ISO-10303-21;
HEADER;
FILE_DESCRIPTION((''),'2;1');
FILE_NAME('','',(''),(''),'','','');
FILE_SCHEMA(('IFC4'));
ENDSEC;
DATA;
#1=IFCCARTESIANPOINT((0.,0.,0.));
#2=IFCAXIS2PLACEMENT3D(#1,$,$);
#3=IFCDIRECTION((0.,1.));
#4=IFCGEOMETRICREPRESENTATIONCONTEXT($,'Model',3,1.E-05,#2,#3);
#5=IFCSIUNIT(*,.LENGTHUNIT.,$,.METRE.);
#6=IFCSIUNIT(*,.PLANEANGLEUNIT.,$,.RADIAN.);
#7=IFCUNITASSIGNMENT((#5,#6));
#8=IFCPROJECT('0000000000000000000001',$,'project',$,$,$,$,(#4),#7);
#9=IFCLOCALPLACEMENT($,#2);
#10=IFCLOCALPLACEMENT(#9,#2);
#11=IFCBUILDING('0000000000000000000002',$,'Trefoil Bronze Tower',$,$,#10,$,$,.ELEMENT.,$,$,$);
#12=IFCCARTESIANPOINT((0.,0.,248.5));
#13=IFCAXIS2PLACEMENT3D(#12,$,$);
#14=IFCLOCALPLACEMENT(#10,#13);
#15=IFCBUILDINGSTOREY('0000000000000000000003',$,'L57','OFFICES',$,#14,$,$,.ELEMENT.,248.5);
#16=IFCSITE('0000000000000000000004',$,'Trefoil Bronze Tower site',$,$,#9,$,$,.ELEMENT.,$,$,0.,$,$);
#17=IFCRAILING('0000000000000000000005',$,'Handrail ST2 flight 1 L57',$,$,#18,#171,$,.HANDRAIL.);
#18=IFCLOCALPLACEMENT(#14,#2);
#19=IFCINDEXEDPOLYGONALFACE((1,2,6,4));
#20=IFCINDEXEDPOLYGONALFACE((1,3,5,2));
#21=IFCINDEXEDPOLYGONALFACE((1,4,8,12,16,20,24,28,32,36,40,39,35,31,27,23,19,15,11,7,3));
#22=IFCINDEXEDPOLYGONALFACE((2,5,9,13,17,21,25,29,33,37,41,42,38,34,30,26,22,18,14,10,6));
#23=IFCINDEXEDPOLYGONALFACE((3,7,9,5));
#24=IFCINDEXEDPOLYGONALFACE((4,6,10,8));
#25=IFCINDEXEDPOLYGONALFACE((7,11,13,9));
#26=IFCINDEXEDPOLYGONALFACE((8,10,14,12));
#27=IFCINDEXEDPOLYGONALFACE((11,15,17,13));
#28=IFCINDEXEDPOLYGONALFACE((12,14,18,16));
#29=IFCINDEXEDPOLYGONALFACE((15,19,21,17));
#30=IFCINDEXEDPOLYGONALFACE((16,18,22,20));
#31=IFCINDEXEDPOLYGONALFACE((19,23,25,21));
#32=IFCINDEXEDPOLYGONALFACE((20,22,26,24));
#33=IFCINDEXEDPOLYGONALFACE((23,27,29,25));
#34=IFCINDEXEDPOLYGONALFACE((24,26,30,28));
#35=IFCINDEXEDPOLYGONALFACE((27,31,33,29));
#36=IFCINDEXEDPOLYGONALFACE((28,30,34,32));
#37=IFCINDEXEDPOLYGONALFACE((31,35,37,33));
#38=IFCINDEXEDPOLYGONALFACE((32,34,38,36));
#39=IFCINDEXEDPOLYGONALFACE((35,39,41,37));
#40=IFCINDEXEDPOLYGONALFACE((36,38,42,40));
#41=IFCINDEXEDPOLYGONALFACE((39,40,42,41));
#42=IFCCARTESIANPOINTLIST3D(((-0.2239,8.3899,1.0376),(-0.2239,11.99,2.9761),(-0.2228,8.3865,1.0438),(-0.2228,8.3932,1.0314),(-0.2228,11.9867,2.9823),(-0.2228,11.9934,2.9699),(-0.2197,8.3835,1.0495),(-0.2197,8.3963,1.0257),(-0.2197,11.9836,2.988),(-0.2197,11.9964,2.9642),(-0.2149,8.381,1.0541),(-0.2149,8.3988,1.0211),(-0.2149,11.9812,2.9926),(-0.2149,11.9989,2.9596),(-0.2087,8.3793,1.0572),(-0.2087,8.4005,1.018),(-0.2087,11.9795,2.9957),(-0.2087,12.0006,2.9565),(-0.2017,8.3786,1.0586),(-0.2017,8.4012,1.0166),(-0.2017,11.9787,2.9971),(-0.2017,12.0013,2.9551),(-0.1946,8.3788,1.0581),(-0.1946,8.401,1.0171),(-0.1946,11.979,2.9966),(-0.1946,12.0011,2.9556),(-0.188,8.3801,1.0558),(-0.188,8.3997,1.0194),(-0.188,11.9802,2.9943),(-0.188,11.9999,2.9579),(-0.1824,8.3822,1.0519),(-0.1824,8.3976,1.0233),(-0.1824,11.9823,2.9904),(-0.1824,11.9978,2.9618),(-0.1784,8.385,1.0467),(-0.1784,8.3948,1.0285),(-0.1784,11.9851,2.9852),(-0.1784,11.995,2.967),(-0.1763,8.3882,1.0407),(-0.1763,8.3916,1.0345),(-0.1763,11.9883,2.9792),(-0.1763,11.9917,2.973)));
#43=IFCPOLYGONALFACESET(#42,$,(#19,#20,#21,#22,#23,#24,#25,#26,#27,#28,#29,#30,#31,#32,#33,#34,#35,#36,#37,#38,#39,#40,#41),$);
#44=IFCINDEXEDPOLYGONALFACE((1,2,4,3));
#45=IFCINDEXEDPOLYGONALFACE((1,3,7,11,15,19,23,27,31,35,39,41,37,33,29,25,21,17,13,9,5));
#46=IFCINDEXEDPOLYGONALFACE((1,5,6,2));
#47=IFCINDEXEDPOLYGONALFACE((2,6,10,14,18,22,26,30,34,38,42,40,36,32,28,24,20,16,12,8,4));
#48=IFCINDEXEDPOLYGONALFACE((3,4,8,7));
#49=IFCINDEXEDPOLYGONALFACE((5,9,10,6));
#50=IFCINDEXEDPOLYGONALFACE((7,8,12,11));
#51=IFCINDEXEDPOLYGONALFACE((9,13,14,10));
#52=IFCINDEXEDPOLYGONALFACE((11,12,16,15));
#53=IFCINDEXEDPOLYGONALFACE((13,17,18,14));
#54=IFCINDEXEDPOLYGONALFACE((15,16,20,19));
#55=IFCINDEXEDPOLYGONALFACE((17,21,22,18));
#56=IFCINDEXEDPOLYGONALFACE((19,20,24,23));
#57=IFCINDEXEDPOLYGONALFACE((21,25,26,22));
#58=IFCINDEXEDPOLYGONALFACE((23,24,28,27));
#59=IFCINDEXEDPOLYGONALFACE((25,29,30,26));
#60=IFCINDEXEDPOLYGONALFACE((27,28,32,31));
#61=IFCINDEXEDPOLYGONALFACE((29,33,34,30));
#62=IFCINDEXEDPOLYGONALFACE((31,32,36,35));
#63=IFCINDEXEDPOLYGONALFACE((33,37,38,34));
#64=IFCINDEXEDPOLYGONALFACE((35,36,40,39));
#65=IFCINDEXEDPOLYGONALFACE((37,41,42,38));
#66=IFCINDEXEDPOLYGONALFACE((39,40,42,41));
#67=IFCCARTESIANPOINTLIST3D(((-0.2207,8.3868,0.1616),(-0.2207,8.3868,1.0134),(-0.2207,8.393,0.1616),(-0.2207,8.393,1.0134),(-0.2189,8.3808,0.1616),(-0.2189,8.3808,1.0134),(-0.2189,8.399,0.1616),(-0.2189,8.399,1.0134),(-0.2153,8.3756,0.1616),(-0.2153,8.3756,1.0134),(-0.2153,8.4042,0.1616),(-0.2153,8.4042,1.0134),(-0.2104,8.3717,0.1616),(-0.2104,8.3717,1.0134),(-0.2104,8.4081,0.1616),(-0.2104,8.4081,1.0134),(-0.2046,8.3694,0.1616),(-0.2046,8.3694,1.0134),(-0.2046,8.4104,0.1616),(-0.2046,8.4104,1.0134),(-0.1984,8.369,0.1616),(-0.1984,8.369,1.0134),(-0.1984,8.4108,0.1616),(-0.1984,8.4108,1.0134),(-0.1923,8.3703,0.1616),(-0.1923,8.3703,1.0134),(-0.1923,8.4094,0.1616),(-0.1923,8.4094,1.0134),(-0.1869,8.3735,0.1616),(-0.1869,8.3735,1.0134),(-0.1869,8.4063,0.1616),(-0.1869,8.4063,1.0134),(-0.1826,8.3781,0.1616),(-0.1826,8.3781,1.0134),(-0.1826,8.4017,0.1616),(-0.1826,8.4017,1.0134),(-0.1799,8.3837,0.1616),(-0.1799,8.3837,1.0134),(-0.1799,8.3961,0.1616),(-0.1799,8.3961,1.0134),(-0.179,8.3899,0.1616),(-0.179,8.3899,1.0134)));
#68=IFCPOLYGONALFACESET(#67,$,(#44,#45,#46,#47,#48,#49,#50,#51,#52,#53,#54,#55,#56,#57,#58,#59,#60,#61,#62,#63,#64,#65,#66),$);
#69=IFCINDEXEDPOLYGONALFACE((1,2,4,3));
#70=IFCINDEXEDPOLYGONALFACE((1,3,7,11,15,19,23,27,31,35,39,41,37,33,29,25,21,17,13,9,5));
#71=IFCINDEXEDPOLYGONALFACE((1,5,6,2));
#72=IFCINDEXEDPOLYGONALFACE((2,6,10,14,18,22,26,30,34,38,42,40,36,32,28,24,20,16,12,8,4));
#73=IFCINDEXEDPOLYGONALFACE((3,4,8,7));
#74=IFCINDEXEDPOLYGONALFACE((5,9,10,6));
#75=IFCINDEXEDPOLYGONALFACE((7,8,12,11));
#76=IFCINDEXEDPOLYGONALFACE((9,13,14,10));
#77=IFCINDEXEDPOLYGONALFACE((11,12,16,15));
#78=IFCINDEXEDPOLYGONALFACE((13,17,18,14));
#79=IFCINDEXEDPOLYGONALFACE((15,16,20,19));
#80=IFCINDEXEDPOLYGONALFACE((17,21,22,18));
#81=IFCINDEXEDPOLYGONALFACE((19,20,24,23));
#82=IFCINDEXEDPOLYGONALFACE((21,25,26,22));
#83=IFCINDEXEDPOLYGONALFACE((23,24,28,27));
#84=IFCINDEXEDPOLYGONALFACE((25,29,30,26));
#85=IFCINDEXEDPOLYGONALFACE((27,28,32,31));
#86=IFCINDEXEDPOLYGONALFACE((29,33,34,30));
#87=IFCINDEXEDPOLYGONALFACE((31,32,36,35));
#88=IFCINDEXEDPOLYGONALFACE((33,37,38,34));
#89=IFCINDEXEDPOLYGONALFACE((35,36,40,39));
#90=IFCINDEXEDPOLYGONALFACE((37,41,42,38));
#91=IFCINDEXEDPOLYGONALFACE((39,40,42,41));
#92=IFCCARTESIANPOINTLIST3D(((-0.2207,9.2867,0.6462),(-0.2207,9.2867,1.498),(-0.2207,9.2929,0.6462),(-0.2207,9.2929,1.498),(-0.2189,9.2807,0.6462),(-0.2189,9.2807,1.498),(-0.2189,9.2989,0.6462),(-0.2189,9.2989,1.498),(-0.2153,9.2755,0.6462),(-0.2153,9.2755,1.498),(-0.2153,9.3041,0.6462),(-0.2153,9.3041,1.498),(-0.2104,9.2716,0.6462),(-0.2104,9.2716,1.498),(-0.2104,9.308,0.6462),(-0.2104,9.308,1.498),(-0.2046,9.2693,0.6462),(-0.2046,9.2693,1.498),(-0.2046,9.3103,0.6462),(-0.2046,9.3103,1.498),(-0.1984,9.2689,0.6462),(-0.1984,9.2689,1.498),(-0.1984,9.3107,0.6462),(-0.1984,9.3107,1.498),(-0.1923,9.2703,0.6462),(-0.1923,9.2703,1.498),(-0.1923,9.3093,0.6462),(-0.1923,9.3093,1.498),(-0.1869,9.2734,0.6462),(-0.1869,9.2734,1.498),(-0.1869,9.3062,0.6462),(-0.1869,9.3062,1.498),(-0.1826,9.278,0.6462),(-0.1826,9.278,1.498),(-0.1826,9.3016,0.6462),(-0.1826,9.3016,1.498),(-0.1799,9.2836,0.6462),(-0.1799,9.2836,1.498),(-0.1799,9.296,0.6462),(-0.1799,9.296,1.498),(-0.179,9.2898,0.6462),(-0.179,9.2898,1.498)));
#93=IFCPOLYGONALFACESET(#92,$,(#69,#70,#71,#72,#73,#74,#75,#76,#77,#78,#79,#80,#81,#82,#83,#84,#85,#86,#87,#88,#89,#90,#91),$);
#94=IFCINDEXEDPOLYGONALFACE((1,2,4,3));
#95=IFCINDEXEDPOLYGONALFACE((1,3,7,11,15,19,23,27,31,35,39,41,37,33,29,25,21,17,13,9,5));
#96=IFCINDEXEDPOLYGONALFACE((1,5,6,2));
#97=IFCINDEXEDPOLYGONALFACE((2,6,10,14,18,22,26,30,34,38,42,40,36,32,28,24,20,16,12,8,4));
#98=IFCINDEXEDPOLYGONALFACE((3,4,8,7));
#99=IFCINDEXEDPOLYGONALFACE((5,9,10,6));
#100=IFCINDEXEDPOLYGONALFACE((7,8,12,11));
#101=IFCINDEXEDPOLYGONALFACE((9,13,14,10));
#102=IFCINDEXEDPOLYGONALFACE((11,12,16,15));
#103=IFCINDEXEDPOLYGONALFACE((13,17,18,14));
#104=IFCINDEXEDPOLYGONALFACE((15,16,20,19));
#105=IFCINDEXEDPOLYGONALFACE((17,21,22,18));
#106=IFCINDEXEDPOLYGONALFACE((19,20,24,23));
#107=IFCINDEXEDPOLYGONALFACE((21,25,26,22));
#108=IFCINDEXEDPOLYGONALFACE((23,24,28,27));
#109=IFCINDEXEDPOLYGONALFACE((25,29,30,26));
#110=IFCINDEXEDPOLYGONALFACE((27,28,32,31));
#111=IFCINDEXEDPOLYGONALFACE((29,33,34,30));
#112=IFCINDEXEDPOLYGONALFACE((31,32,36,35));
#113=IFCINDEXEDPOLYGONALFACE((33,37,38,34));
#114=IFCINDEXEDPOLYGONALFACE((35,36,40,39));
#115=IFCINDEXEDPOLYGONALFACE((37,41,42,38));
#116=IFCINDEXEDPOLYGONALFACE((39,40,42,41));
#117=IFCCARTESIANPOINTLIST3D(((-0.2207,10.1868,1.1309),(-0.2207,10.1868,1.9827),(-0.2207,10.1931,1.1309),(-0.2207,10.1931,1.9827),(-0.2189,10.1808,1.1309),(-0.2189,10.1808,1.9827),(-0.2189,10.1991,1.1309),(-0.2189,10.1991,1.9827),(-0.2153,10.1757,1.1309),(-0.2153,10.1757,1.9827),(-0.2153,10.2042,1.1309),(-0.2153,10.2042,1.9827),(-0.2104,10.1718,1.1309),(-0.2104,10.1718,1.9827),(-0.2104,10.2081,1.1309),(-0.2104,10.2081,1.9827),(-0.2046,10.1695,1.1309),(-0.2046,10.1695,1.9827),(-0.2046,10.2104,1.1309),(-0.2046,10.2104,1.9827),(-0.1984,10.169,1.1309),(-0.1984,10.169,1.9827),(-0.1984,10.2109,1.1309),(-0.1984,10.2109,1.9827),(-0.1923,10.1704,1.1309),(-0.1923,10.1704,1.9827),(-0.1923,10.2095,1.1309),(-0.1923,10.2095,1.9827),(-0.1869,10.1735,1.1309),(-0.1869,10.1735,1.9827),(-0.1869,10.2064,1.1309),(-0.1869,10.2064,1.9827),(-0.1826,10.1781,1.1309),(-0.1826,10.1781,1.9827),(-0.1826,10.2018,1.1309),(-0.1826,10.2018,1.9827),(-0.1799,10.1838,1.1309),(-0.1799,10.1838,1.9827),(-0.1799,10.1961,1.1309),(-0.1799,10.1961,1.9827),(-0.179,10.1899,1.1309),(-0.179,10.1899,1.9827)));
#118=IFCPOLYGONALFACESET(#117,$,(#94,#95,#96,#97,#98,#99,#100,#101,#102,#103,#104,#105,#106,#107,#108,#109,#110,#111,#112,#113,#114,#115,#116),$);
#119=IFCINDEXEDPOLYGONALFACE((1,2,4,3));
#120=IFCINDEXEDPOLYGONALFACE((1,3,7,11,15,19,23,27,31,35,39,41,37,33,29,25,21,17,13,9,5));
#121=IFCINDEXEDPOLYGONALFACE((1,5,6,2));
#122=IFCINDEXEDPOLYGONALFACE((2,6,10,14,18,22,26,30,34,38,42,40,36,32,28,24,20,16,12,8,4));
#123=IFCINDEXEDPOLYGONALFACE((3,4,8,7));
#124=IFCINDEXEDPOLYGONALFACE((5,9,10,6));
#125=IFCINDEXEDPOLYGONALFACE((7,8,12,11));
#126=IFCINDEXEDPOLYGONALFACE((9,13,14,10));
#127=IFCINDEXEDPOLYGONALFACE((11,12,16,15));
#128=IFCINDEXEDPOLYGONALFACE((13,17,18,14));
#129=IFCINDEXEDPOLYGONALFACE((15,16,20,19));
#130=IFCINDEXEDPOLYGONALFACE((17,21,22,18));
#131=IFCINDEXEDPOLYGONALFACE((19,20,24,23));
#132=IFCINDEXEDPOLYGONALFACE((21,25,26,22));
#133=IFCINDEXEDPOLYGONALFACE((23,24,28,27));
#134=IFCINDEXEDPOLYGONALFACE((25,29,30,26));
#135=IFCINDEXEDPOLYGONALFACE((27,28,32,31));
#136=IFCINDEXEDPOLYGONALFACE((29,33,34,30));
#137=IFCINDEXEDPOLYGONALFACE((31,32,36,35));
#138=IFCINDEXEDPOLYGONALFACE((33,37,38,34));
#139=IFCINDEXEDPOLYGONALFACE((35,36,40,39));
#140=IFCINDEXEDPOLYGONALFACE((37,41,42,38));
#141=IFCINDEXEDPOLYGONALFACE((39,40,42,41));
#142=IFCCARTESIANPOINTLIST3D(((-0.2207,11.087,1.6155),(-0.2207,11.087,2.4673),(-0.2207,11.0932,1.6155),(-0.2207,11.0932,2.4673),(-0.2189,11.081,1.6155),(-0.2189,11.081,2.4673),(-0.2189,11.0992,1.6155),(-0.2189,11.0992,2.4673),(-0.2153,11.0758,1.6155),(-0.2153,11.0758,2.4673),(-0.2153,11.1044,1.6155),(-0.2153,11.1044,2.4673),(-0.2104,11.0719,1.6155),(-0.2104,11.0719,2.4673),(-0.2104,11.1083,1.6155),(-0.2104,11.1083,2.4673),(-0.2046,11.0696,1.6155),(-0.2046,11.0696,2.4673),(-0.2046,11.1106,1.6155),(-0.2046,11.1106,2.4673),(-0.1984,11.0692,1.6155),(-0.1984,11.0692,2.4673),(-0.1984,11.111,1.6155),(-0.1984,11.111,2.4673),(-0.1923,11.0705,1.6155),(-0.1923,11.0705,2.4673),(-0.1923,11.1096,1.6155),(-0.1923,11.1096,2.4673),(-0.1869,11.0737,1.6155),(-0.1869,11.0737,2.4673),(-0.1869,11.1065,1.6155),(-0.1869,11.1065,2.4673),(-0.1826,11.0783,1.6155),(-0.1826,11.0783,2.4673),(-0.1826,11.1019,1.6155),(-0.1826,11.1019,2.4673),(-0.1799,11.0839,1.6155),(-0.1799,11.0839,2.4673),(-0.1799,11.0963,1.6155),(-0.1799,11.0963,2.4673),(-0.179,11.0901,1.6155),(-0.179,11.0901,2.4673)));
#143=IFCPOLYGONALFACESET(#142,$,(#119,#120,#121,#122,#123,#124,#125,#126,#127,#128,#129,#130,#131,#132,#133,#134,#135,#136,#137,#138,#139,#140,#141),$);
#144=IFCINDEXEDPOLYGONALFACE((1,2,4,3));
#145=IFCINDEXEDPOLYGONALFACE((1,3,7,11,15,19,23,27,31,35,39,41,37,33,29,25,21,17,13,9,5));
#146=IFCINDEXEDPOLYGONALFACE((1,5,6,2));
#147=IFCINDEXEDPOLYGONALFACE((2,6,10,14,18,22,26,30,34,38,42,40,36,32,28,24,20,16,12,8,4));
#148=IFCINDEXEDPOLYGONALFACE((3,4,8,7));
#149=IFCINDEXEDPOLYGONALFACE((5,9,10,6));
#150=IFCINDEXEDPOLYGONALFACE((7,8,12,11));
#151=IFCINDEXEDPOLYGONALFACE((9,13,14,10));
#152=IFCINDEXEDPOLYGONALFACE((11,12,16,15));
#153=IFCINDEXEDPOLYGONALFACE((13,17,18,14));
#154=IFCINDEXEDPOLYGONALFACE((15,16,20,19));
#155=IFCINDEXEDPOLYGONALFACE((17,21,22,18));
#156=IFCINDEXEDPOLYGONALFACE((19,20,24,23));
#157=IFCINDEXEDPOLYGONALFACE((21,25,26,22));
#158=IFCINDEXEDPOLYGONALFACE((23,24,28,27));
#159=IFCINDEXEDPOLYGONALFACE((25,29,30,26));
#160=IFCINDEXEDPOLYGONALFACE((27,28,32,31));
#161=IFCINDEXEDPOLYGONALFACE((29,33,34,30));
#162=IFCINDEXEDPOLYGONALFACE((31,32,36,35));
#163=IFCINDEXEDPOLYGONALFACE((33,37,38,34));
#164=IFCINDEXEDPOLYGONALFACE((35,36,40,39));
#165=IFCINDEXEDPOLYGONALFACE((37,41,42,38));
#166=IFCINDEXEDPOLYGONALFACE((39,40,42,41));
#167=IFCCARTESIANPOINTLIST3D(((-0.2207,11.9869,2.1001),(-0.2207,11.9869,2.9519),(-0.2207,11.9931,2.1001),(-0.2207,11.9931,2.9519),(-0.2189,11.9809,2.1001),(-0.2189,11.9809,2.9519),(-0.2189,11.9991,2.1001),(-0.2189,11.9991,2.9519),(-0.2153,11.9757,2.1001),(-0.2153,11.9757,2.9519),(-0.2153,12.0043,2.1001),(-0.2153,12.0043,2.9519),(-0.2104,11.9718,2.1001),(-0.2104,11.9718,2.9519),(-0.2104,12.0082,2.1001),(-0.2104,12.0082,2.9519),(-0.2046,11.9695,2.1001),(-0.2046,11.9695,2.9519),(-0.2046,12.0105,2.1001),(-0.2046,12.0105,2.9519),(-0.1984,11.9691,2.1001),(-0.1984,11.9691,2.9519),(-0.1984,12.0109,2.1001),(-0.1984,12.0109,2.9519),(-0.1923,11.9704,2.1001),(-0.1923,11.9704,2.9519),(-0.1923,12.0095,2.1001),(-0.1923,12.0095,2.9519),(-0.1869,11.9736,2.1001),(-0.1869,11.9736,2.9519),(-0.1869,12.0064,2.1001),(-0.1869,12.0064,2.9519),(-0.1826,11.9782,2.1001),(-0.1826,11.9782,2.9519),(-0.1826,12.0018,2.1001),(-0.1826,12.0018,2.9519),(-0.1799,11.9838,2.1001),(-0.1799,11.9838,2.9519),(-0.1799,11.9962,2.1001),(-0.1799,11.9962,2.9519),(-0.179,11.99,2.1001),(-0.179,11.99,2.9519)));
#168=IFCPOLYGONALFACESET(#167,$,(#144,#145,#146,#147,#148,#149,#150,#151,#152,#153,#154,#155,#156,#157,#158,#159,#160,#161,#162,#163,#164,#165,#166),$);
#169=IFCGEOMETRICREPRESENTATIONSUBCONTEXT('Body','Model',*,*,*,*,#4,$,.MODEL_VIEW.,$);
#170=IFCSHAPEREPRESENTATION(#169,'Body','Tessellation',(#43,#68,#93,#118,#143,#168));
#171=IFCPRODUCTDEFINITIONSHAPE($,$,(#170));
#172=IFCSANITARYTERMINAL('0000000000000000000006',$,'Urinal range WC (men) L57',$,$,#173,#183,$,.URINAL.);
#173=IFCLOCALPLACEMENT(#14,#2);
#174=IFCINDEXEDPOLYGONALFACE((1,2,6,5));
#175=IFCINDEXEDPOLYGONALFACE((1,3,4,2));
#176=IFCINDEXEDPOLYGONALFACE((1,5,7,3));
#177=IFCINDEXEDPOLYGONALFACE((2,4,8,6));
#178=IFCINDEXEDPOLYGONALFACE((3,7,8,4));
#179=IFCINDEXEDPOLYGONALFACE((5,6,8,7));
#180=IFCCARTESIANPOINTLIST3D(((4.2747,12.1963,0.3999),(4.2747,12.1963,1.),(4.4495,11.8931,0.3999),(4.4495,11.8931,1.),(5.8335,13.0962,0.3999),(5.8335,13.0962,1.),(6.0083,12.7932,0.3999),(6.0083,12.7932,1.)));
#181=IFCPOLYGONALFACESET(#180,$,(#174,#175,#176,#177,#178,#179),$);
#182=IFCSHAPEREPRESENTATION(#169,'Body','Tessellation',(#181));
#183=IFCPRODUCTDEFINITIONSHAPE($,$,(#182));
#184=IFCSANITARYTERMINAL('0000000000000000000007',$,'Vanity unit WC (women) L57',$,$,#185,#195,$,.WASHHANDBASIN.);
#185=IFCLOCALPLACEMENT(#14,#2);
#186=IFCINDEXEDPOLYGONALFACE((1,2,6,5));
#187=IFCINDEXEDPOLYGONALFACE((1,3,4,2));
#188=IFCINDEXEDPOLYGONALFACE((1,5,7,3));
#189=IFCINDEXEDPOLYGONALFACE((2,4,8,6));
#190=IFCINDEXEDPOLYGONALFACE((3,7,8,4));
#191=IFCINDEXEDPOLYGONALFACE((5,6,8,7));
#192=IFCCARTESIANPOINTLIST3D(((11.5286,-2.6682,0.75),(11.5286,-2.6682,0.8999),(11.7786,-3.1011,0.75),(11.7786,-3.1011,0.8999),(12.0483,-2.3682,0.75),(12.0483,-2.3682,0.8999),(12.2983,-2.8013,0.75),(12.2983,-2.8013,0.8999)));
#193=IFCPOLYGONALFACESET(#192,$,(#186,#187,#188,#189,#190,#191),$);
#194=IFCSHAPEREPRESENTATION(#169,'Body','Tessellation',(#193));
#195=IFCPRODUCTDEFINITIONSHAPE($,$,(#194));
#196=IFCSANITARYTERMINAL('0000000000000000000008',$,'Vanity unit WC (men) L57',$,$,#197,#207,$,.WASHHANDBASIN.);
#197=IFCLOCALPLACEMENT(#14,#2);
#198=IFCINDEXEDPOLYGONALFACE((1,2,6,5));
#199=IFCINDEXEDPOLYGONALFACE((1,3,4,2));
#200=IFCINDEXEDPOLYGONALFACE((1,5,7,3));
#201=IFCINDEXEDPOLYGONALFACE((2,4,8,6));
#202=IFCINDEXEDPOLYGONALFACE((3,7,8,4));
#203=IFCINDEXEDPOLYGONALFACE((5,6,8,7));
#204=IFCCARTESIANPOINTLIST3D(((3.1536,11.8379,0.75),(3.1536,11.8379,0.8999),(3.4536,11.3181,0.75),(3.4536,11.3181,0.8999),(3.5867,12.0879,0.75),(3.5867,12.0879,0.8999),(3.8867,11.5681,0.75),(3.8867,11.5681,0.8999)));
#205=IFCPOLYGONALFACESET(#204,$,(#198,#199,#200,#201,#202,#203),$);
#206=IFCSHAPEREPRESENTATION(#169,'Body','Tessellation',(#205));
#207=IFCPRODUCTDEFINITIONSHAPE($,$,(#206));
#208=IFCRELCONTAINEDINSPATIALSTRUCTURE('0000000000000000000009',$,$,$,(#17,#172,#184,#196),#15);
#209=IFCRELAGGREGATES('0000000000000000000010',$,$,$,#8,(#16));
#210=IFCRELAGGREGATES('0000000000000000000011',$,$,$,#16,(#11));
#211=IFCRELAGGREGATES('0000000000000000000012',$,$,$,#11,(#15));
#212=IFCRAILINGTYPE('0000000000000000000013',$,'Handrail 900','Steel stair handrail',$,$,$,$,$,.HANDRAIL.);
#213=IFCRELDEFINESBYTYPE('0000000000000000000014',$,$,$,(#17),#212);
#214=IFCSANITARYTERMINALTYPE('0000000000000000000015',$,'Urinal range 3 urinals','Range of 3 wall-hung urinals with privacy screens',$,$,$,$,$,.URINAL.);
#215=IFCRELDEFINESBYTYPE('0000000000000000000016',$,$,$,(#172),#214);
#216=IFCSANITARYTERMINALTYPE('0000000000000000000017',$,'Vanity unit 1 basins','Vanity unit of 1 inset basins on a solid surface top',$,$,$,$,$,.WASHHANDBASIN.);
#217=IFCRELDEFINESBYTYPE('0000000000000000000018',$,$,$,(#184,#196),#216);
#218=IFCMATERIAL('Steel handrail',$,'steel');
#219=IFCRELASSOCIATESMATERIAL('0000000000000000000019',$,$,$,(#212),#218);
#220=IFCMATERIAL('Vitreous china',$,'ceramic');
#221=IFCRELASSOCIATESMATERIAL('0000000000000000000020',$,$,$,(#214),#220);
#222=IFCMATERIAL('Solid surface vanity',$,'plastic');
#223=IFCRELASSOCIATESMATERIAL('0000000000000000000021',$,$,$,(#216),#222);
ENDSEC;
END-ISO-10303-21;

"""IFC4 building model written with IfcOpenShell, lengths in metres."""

from ifc_helpers import new_model, si_unit, direction, frame, origin, origin_2d, place, context, subcontext, project, spatial, polyline, circle, outline, extrude, material, type_object, element, save


model = new_model("IFC4")

# Units and contexts
model_context = context("Model", 3, precision=1e-05, world=origin(), true_north=direction((0.0, 1.0)))
body_context = subcontext(model_context, "Body", "Model", "MODEL_VIEW")
ifc_project = project(units=[si_unit("LENGTHUNIT", "METRE"), si_unit("PLANEANGLEUNIT", "RADIAN")], contexts=[model_context])

# Site, building, storey
site_placement = place(None, origin())
site = spatial("IfcSite", under=ifc_project, at=site_placement, Name="Trefoil Bronze Tower site", CompositionType="ELEMENT", RefElevation=0.0)
building_placement = place(site_placement, origin())
building = spatial("IfcBuilding", under=site, at=building_placement, Name="Trefoil Bronze Tower", CompositionType="ELEMENT")
storey_placement = place(building_placement, frame((0.0, 0.0, 248.5)))
storey = spatial("IfcBuildingStorey", under=building, at=storey_placement, Name="L57", Description="OFFICES", CompositionType="ELEMENT", Elevation=248.5)

# Railing
ifc_material_1 = material(Name="Steel handrail", Category="steel")
railing_type = type_object("IfcRailingType", Name="Handrail 900", Description="Steel stair handrail", PredefinedType="HANDRAIL", material=ifc_material_1)
railing_placement = place(storey_placement, frame((-0.2, 8.3899, 0.1616)))
element("IfcRailing", 1, at=railing_placement, inside=storey, type_object=railing_type, Name="Handrail ST2 flight 1 L57", PredefinedType="HANDRAIL", context=body_context, shape_type="SweptSolid", body=[
    extrude(circle(Radius=0.0239, at=origin_2d()), frame((0.0, 0.0, 0.876), z_axis=(0.0, 0.880475, 0.474093), x_axis=(-1.0, 0.0, 0.0)), (0.0, 0.0, 1.0), 4.0889),
    extrude(circle(Radius=0.021, at=origin_2d()), origin(), (0.0, 0.0, 1.0), 0.8518),
    extrude(circle(Radius=0.021, at=origin_2d()), frame((0.0, 0.8999, 0.4846)), (0.0, 0.0, 1.0), 0.8518),
    extrude(circle(Radius=0.021, at=origin_2d()), frame((0.0, 1.8, 0.9692)), (0.0, 0.0, 1.0), 0.8518),
    extrude(circle(Radius=0.021, at=origin_2d()), frame((0.0, 2.7002, 1.4539)), (0.0, 0.0, 1.0), 0.8518),
    extrude(circle(Radius=0.021, at=origin_2d()), frame((0.0, 3.6001, 1.9385)), (0.0, 0.0, 1.0), 0.8518),
])

# Sanitary terminals
ifc_material_2 = material(Name="Vitreous china", Category="ceramic")
sanitary_terminal_type_1 = type_object("IfcSanitaryTerminalType", Name="Urinal range 3 urinals", Description="Range of 3 wall-hung urinals with privacy screens", PredefinedType="URINAL", material=ifc_material_2)
sanitary_terminal_1_placement = place(storey_placement, frame((0.0, 0.0, 0.3999)))
element("IfcSanitaryTerminal", 2, at=sanitary_terminal_1_placement, inside=storey, type_object=sanitary_terminal_type_1, Name="Urinal range WC (men) L57", PredefinedType="URINAL", context=body_context, shape_type="SweptSolid", body=[
    extrude(outline(polyline([(4.4495, 11.8931), (4.2747, 12.1963), (5.8335, 13.0962), (6.0083, 12.7932), (4.4495, 11.8931)])), origin(), (0.0, 0.0, 1.0), 0.6001),
])
ifc_material_3 = material(Name="Solid surface vanity", Category="plastic")
sanitary_terminal_type_2 = type_object("IfcSanitaryTerminalType", Name="Vanity unit 1 basins", Description="Vanity unit of 1 inset basins on a solid surface top", PredefinedType="WASHHANDBASIN", material=ifc_material_3)
sanitary_terminal_2_placement = place(storey_placement, frame((0.0, 0.0, 0.75)))
element("IfcSanitaryTerminal", 3, at=sanitary_terminal_2_placement, inside=storey, type_object=sanitary_terminal_type_2, Name="Vanity unit WC (women) L57", PredefinedType="WASHHANDBASIN", context=body_context, shape_type="SweptSolid", body=[
    extrude(outline(polyline([(11.5286, -2.6682), (11.7786, -3.1011), (12.2983, -2.8013), (12.0483, -2.3682), (11.5286, -2.6682)])), origin(), (0.0, 0.0, 1.0), 0.1499),
])
sanitary_terminal_3_placement = place(storey_placement, frame((0.0, 0.0, 0.75)))
element("IfcSanitaryTerminal", 4, at=sanitary_terminal_3_placement, inside=storey, type_object=sanitary_terminal_type_2, Name="Vanity unit WC (men) L57", PredefinedType="WASHHANDBASIN", context=body_context, shape_type="SweptSolid", body=[
    extrude(outline(polyline([(3.4536, 11.3181), (3.1536, 11.8379), (3.5867, 12.0879), (3.8867, 11.5681), (3.4536, 11.3181)])), origin(), (0.0, 0.0, 1.0), 0.1499),
])

save(model, "model.ifc")
